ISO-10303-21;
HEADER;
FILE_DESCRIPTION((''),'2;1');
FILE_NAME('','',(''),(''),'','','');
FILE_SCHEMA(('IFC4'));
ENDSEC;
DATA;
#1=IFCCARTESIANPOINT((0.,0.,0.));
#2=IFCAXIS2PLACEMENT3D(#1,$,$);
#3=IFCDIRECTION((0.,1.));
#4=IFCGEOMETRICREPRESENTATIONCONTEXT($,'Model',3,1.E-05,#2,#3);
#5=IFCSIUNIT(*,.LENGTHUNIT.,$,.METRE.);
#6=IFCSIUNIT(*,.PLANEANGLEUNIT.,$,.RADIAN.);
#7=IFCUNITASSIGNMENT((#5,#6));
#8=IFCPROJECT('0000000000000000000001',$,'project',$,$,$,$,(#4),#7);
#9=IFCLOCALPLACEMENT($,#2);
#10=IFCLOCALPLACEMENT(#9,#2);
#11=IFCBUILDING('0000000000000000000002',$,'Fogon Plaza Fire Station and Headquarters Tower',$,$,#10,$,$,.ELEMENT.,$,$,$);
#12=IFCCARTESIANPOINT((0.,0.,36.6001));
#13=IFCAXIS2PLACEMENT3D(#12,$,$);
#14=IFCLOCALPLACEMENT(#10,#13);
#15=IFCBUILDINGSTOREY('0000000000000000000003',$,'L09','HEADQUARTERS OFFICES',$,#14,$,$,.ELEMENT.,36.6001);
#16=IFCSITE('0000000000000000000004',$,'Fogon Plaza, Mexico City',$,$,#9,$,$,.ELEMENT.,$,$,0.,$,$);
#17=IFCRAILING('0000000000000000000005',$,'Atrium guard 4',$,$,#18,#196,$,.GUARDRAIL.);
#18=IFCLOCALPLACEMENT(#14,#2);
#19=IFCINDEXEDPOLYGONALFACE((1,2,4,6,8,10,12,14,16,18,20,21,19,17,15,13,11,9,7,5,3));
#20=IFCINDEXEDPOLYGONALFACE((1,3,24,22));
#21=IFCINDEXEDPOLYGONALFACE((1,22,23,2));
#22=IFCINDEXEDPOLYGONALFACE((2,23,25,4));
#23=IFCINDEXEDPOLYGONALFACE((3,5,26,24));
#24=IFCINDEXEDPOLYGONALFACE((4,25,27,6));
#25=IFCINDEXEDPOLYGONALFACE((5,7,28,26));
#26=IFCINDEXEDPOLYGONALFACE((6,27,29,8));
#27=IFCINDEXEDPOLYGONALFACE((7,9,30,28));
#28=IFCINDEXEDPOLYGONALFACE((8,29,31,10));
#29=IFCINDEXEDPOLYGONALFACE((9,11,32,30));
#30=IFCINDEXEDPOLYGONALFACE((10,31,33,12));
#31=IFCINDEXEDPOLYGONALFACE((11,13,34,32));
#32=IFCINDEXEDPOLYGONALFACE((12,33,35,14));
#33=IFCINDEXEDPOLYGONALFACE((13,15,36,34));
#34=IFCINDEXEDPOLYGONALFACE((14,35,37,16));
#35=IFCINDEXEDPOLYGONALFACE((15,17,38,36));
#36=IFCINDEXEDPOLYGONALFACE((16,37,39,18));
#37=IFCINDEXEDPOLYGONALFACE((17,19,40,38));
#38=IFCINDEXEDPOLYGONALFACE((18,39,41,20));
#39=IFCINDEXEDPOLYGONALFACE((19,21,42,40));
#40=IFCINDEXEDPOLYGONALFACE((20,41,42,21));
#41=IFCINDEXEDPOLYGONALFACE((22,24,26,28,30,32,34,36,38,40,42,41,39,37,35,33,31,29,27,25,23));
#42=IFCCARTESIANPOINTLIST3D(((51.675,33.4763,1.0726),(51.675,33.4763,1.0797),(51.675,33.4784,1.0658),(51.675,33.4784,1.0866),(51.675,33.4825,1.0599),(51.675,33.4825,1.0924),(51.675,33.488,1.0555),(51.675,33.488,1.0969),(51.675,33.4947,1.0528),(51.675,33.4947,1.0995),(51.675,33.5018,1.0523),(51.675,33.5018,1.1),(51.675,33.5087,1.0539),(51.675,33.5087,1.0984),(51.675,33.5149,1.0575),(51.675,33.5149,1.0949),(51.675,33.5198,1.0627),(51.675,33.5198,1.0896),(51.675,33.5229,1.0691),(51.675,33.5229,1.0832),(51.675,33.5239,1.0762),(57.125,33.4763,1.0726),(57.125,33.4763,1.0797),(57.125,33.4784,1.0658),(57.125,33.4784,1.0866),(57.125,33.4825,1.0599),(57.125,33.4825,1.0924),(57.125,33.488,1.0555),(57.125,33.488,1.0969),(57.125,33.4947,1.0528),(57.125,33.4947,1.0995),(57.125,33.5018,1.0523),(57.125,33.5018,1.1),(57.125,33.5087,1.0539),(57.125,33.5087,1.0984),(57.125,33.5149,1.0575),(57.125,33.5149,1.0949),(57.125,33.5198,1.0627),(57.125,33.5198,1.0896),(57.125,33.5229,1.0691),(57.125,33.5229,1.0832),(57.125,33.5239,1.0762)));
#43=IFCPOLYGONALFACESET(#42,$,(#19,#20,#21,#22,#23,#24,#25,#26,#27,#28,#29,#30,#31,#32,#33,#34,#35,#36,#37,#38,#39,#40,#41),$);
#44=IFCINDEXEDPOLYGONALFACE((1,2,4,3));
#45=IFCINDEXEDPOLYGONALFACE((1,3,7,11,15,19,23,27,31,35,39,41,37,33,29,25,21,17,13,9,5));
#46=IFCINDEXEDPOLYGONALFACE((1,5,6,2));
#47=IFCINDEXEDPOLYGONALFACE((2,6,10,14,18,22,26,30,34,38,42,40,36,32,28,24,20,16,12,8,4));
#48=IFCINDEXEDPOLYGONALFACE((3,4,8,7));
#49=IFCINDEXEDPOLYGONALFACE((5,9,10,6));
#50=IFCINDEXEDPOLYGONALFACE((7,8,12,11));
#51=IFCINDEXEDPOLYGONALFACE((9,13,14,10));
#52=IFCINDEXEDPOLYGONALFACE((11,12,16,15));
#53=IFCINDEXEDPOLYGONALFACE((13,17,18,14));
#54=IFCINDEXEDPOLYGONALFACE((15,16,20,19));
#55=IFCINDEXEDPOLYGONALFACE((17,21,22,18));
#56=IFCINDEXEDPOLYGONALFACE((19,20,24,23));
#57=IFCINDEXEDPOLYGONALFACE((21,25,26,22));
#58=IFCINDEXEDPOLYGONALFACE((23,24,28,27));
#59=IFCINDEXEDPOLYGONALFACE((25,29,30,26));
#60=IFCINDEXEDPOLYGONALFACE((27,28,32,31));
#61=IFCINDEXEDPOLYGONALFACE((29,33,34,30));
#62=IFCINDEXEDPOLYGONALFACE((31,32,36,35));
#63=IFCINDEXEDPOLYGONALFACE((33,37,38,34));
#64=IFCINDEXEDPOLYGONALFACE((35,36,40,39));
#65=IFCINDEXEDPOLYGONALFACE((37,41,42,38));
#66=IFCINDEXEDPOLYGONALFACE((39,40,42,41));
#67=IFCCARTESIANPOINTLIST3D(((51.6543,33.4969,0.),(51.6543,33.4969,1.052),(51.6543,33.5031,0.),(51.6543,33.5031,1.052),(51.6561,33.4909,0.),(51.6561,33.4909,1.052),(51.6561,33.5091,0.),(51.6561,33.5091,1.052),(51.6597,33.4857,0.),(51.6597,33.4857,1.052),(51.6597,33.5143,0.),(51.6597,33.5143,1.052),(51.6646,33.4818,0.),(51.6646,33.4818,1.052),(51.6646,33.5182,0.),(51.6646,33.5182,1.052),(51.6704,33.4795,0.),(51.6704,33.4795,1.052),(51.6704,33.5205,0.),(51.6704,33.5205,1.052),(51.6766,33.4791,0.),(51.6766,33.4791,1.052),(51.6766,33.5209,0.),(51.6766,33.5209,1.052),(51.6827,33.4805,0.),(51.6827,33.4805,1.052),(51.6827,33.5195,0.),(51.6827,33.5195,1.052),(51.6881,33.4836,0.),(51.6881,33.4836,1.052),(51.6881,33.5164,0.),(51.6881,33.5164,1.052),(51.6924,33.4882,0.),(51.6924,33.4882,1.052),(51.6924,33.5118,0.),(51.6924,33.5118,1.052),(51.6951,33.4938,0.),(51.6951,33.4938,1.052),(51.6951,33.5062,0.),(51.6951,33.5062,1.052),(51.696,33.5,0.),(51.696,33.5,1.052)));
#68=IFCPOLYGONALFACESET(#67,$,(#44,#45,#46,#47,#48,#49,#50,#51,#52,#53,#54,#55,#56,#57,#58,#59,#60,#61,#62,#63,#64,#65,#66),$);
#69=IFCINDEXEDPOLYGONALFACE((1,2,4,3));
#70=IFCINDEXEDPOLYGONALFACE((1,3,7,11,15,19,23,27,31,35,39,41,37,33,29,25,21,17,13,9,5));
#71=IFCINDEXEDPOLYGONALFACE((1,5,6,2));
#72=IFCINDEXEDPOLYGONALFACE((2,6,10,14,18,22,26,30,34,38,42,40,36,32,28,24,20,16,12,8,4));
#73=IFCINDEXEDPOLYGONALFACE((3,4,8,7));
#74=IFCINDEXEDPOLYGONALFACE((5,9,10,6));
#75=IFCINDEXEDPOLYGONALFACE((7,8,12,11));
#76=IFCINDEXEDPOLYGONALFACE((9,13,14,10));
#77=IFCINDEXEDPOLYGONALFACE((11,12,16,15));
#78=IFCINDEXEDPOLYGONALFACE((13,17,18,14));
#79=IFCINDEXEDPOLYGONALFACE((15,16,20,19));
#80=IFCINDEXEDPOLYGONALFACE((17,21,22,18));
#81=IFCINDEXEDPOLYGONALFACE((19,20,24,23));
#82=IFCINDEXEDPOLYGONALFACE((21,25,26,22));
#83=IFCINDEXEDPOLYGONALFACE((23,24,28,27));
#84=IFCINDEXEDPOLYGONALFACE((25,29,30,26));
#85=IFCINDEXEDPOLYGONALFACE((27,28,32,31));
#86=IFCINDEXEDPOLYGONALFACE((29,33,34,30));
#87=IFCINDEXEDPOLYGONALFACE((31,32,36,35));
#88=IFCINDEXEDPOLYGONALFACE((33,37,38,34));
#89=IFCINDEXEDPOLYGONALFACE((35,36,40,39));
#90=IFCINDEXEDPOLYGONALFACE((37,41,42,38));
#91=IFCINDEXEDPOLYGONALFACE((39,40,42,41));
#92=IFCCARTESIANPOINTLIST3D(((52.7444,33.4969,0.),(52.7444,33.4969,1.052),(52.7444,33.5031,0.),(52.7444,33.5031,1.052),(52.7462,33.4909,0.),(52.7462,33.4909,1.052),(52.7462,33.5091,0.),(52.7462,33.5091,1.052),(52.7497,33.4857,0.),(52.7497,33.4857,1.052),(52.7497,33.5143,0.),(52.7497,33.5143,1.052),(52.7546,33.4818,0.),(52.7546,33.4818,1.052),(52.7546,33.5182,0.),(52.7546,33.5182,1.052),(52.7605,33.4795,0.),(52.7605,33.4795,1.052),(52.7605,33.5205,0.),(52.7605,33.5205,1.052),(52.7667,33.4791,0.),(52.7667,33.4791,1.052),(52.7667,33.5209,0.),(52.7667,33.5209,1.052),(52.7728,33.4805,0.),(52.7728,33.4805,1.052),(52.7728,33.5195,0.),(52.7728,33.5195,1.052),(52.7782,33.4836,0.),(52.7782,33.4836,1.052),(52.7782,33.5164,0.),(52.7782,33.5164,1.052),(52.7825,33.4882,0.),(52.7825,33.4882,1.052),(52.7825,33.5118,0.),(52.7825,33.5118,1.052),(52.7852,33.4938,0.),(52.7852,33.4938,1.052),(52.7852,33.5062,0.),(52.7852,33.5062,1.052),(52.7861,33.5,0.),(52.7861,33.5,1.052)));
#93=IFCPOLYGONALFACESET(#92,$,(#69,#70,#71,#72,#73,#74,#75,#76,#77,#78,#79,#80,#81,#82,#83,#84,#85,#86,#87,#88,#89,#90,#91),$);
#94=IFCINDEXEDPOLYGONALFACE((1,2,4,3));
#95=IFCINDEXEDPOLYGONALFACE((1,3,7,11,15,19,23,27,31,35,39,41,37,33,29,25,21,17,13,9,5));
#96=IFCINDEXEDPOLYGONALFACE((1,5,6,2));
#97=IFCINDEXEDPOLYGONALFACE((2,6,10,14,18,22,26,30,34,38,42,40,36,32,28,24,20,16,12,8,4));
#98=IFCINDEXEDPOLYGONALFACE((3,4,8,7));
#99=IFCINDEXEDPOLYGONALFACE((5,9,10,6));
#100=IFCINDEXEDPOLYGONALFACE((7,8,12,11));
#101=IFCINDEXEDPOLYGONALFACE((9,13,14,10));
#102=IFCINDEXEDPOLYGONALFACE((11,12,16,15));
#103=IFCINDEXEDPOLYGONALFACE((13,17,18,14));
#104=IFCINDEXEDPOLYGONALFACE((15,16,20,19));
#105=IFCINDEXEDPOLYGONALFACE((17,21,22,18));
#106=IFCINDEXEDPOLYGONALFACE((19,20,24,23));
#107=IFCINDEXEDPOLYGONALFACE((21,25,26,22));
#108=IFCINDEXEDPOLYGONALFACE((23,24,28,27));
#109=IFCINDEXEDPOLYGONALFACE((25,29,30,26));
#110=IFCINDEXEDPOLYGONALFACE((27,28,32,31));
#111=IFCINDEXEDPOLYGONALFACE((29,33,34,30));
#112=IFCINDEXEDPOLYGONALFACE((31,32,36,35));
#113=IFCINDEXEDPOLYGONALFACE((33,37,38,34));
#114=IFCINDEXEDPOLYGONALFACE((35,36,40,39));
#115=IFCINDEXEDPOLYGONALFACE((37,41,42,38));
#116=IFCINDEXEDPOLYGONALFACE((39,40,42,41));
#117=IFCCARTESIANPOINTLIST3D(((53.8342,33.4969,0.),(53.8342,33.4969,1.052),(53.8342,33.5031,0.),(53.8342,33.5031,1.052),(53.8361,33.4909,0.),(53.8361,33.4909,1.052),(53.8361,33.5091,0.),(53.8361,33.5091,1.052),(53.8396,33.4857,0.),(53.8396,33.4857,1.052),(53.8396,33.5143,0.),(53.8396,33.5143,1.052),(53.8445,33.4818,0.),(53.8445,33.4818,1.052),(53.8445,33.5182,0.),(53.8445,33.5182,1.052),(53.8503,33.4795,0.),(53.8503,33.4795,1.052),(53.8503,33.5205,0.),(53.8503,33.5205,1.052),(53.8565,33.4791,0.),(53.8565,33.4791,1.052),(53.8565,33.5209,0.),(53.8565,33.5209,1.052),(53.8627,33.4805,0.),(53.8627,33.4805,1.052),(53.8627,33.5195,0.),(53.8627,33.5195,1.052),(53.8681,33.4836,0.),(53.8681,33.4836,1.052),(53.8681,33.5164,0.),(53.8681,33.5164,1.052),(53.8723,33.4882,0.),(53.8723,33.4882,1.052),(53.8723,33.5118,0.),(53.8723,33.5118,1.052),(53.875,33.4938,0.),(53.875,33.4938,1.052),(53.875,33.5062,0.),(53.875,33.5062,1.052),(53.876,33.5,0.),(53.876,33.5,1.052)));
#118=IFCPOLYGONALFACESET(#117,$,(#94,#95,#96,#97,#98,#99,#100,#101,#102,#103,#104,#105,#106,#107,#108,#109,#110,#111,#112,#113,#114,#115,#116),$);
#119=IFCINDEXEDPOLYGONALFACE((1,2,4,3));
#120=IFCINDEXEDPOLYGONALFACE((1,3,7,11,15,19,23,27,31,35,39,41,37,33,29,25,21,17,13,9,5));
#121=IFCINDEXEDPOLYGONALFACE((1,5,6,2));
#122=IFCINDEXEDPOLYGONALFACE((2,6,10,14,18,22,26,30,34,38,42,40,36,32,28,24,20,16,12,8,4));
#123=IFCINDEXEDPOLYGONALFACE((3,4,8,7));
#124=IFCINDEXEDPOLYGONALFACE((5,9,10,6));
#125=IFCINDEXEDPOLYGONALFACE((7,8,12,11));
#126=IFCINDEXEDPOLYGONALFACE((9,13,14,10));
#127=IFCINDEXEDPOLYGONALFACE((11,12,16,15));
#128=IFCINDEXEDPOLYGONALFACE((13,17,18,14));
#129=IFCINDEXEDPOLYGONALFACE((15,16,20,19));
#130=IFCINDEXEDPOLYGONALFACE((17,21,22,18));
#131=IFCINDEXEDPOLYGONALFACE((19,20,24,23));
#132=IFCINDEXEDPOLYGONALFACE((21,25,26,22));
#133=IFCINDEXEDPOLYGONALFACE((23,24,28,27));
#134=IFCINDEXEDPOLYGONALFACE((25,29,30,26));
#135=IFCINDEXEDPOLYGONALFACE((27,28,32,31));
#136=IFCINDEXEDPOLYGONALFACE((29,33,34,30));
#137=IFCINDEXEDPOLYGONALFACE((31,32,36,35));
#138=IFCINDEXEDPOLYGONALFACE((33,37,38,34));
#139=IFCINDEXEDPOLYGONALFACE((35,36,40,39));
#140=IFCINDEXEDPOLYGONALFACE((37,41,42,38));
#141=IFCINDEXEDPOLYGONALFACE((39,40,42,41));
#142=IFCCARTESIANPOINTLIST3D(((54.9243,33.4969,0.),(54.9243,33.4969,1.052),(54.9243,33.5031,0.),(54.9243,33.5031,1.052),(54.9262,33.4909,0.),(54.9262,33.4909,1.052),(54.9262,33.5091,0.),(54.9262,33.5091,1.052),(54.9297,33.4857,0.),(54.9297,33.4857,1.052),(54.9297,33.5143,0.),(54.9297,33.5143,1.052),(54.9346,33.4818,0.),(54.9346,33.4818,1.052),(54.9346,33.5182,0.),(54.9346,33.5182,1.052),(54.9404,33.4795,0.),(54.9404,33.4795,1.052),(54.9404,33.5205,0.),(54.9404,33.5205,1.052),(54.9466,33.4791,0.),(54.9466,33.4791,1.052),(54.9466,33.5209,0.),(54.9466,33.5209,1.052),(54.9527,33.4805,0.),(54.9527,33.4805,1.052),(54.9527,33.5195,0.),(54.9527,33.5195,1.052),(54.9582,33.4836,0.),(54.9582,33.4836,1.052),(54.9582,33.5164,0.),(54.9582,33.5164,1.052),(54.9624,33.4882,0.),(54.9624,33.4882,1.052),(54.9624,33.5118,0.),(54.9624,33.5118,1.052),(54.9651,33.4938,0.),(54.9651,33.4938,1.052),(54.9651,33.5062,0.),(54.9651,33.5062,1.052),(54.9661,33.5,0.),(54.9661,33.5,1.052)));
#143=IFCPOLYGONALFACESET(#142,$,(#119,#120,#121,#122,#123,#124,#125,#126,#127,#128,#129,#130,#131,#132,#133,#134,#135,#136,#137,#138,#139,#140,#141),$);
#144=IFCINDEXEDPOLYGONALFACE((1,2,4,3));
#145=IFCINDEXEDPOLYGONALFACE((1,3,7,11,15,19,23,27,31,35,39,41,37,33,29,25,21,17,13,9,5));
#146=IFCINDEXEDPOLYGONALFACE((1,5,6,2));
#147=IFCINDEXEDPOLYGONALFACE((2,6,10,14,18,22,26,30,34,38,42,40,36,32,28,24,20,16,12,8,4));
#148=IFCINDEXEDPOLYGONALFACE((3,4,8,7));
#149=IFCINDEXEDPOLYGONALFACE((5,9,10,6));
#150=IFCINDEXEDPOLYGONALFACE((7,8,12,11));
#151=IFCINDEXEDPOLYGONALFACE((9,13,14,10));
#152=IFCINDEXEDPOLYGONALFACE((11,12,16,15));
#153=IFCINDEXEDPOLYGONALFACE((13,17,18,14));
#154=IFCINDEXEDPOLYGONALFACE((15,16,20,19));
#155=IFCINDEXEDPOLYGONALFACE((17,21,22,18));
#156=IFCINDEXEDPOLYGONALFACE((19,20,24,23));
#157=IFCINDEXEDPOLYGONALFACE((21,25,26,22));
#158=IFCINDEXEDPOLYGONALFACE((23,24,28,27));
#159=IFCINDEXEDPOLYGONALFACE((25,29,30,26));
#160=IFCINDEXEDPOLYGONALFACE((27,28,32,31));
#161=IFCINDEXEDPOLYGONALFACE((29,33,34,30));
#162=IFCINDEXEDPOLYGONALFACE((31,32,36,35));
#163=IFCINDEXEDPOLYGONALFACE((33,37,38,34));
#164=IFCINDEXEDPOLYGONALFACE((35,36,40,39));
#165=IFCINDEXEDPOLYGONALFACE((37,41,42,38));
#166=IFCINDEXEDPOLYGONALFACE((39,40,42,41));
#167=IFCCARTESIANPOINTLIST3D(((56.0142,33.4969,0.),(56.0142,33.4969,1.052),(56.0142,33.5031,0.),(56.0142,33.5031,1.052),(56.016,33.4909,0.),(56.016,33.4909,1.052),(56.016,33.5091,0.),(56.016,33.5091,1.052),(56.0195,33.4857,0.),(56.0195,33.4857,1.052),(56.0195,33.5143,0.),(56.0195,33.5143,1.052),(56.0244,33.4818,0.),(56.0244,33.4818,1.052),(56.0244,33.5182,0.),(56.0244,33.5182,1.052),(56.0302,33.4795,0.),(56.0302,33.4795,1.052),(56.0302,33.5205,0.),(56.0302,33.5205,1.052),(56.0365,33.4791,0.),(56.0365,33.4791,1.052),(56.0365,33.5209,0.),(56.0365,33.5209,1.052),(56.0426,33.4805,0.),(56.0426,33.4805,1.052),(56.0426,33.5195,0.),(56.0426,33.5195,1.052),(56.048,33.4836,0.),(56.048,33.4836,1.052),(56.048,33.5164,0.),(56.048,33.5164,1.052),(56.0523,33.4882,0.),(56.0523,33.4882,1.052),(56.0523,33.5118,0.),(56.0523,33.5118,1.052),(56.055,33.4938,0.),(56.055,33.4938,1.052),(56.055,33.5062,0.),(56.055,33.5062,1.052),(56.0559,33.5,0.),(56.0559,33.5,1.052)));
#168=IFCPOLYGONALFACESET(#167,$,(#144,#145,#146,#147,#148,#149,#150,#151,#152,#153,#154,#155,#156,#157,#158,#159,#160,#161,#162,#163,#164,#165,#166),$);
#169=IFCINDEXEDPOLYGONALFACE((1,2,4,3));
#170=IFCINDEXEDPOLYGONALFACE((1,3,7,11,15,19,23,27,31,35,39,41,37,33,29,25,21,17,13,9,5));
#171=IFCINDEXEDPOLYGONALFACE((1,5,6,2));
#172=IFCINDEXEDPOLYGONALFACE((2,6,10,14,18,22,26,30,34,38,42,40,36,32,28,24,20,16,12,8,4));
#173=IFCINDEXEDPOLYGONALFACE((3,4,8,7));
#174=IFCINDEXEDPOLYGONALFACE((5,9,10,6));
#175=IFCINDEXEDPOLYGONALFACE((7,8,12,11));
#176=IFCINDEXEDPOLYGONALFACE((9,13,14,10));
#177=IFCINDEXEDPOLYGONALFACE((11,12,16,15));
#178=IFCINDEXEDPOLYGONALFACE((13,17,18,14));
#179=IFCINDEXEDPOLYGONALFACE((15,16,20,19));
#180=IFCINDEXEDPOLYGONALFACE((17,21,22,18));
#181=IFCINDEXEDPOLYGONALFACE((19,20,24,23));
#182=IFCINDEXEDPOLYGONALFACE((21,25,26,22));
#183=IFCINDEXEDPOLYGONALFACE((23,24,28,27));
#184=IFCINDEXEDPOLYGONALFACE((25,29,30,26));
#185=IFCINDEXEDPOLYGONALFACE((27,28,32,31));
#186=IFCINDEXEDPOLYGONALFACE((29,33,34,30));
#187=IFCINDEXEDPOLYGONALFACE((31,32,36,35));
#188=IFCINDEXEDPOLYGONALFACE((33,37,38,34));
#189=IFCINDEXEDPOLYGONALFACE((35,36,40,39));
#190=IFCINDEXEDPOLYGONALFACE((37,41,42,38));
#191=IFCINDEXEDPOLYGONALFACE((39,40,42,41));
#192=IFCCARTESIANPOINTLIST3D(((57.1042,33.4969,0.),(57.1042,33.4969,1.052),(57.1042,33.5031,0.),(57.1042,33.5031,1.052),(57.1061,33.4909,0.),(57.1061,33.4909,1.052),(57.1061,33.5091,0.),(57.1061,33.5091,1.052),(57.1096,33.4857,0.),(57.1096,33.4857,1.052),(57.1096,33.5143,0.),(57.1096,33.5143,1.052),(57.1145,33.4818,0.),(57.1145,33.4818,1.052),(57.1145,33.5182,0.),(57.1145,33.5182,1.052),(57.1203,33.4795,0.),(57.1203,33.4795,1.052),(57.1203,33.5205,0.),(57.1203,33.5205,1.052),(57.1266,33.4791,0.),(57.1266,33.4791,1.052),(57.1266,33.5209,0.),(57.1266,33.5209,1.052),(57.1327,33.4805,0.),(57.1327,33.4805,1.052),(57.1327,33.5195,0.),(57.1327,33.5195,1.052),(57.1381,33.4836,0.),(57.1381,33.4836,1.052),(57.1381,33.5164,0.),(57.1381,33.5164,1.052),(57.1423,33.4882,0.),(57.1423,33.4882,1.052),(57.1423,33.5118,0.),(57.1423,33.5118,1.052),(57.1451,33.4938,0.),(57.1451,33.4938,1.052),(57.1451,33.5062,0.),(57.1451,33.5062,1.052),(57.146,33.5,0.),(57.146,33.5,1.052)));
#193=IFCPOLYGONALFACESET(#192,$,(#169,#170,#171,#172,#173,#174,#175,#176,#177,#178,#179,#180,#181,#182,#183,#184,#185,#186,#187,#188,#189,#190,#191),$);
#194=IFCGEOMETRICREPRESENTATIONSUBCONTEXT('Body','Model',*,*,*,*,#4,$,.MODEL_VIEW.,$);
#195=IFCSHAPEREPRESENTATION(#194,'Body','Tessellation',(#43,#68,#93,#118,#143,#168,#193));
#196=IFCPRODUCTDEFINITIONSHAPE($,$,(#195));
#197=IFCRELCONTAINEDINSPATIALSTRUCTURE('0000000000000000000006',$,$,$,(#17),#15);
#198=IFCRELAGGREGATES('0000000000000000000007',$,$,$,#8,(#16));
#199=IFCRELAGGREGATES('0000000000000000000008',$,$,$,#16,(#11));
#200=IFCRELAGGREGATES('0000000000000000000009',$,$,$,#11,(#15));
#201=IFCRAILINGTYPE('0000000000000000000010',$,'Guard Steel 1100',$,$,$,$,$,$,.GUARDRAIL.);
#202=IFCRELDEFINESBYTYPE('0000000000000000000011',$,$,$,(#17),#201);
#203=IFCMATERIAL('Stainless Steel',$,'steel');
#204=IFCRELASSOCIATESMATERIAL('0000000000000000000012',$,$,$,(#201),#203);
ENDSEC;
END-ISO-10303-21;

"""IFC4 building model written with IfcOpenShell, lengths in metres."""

from ifc_helpers import new_model, si_unit, direction, frame, origin, origin_2d, place, context, subcontext, project, spatial, circle, extrude, material, type_object, element, save


model = new_model("IFC4")

# Units and contexts
model_context = context("Model", 3, precision=1e-05, world=origin(), true_north=direction((0.0, 1.0)))
body_context = subcontext(model_context, "Body", "Model", "MODEL_VIEW")
ifc_project = project(units=[si_unit("LENGTHUNIT", "METRE"), si_unit("PLANEANGLEUNIT", "RADIAN")], contexts=[model_context])

# Site, building, storey
site_placement = place(None, origin())
site = spatial("IfcSite", under=ifc_project, at=site_placement, Name="Fogon Plaza, Mexico City", CompositionType="ELEMENT", RefElevation=0.0)
building_placement = place(site_placement, origin())
building = spatial("IfcBuilding", under=site, at=building_placement, Name="Fogon Plaza Fire Station and Headquarters Tower", CompositionType="ELEMENT")
storey_placement = place(building_placement, frame((0.0, 0.0, 36.6001)))
storey = spatial("IfcBuildingStorey", under=building, at=storey_placement, Name="L09", Description="HEADQUARTERS OFFICES", CompositionType="ELEMENT", Elevation=36.6001)

# Railing
ifc_material_1 = material(Name="Stainless Steel", Category="steel")
railing_type = type_object("IfcRailingType", Name="Guard Steel 1100", PredefinedType="GUARDRAIL", material=ifc_material_1)
railing_1_placement = place(storey_placement, frame((51.675, 33.5, 0.0)))
element("IfcRailing", 1, at=railing_1_placement, inside=storey, type_object=railing_type, Name="Atrium guard 4", PredefinedType="GUARDRAIL", context=body_context, shape_type="SweptSolid", body=[
    extrude(circle(Radius=0.0239, at=origin_2d()), frame((0.0, 0.0, 1.0762), z_axis=(1.0, 0.0, 0.0), x_axis=(0.0, 1.0, 0.0)), (0.0, 0.0, 1.0), 5.45),
    extrude(circle(Radius=0.021, at=origin_2d()), origin(), (0.0, 0.0, 1.0), 1.052),
    extrude(circle(Radius=0.021, at=origin_2d()), frame((1.0901, 0.0, 0.0)), (0.0, 0.0, 1.0), 1.052),
    extrude(circle(Radius=0.021, at=origin_2d()), frame((2.1799, 0.0, 0.0)), (0.0, 0.0, 1.0), 1.052),
    extrude(circle(Radius=0.021, at=origin_2d()), frame((3.27, 0.0, 0.0)), (0.0, 0.0, 1.0), 1.052),
    extrude(circle(Radius=0.021, at=origin_2d()), frame((4.3599, 0.0, 0.0)), (0.0, 0.0, 1.0), 1.052),
    extrude(circle(Radius=0.021, at=origin_2d()), frame((5.45, 0.0, 0.0)), (0.0, 0.0, 1.0), 1.052),
])

save(model, "model.ifc")
